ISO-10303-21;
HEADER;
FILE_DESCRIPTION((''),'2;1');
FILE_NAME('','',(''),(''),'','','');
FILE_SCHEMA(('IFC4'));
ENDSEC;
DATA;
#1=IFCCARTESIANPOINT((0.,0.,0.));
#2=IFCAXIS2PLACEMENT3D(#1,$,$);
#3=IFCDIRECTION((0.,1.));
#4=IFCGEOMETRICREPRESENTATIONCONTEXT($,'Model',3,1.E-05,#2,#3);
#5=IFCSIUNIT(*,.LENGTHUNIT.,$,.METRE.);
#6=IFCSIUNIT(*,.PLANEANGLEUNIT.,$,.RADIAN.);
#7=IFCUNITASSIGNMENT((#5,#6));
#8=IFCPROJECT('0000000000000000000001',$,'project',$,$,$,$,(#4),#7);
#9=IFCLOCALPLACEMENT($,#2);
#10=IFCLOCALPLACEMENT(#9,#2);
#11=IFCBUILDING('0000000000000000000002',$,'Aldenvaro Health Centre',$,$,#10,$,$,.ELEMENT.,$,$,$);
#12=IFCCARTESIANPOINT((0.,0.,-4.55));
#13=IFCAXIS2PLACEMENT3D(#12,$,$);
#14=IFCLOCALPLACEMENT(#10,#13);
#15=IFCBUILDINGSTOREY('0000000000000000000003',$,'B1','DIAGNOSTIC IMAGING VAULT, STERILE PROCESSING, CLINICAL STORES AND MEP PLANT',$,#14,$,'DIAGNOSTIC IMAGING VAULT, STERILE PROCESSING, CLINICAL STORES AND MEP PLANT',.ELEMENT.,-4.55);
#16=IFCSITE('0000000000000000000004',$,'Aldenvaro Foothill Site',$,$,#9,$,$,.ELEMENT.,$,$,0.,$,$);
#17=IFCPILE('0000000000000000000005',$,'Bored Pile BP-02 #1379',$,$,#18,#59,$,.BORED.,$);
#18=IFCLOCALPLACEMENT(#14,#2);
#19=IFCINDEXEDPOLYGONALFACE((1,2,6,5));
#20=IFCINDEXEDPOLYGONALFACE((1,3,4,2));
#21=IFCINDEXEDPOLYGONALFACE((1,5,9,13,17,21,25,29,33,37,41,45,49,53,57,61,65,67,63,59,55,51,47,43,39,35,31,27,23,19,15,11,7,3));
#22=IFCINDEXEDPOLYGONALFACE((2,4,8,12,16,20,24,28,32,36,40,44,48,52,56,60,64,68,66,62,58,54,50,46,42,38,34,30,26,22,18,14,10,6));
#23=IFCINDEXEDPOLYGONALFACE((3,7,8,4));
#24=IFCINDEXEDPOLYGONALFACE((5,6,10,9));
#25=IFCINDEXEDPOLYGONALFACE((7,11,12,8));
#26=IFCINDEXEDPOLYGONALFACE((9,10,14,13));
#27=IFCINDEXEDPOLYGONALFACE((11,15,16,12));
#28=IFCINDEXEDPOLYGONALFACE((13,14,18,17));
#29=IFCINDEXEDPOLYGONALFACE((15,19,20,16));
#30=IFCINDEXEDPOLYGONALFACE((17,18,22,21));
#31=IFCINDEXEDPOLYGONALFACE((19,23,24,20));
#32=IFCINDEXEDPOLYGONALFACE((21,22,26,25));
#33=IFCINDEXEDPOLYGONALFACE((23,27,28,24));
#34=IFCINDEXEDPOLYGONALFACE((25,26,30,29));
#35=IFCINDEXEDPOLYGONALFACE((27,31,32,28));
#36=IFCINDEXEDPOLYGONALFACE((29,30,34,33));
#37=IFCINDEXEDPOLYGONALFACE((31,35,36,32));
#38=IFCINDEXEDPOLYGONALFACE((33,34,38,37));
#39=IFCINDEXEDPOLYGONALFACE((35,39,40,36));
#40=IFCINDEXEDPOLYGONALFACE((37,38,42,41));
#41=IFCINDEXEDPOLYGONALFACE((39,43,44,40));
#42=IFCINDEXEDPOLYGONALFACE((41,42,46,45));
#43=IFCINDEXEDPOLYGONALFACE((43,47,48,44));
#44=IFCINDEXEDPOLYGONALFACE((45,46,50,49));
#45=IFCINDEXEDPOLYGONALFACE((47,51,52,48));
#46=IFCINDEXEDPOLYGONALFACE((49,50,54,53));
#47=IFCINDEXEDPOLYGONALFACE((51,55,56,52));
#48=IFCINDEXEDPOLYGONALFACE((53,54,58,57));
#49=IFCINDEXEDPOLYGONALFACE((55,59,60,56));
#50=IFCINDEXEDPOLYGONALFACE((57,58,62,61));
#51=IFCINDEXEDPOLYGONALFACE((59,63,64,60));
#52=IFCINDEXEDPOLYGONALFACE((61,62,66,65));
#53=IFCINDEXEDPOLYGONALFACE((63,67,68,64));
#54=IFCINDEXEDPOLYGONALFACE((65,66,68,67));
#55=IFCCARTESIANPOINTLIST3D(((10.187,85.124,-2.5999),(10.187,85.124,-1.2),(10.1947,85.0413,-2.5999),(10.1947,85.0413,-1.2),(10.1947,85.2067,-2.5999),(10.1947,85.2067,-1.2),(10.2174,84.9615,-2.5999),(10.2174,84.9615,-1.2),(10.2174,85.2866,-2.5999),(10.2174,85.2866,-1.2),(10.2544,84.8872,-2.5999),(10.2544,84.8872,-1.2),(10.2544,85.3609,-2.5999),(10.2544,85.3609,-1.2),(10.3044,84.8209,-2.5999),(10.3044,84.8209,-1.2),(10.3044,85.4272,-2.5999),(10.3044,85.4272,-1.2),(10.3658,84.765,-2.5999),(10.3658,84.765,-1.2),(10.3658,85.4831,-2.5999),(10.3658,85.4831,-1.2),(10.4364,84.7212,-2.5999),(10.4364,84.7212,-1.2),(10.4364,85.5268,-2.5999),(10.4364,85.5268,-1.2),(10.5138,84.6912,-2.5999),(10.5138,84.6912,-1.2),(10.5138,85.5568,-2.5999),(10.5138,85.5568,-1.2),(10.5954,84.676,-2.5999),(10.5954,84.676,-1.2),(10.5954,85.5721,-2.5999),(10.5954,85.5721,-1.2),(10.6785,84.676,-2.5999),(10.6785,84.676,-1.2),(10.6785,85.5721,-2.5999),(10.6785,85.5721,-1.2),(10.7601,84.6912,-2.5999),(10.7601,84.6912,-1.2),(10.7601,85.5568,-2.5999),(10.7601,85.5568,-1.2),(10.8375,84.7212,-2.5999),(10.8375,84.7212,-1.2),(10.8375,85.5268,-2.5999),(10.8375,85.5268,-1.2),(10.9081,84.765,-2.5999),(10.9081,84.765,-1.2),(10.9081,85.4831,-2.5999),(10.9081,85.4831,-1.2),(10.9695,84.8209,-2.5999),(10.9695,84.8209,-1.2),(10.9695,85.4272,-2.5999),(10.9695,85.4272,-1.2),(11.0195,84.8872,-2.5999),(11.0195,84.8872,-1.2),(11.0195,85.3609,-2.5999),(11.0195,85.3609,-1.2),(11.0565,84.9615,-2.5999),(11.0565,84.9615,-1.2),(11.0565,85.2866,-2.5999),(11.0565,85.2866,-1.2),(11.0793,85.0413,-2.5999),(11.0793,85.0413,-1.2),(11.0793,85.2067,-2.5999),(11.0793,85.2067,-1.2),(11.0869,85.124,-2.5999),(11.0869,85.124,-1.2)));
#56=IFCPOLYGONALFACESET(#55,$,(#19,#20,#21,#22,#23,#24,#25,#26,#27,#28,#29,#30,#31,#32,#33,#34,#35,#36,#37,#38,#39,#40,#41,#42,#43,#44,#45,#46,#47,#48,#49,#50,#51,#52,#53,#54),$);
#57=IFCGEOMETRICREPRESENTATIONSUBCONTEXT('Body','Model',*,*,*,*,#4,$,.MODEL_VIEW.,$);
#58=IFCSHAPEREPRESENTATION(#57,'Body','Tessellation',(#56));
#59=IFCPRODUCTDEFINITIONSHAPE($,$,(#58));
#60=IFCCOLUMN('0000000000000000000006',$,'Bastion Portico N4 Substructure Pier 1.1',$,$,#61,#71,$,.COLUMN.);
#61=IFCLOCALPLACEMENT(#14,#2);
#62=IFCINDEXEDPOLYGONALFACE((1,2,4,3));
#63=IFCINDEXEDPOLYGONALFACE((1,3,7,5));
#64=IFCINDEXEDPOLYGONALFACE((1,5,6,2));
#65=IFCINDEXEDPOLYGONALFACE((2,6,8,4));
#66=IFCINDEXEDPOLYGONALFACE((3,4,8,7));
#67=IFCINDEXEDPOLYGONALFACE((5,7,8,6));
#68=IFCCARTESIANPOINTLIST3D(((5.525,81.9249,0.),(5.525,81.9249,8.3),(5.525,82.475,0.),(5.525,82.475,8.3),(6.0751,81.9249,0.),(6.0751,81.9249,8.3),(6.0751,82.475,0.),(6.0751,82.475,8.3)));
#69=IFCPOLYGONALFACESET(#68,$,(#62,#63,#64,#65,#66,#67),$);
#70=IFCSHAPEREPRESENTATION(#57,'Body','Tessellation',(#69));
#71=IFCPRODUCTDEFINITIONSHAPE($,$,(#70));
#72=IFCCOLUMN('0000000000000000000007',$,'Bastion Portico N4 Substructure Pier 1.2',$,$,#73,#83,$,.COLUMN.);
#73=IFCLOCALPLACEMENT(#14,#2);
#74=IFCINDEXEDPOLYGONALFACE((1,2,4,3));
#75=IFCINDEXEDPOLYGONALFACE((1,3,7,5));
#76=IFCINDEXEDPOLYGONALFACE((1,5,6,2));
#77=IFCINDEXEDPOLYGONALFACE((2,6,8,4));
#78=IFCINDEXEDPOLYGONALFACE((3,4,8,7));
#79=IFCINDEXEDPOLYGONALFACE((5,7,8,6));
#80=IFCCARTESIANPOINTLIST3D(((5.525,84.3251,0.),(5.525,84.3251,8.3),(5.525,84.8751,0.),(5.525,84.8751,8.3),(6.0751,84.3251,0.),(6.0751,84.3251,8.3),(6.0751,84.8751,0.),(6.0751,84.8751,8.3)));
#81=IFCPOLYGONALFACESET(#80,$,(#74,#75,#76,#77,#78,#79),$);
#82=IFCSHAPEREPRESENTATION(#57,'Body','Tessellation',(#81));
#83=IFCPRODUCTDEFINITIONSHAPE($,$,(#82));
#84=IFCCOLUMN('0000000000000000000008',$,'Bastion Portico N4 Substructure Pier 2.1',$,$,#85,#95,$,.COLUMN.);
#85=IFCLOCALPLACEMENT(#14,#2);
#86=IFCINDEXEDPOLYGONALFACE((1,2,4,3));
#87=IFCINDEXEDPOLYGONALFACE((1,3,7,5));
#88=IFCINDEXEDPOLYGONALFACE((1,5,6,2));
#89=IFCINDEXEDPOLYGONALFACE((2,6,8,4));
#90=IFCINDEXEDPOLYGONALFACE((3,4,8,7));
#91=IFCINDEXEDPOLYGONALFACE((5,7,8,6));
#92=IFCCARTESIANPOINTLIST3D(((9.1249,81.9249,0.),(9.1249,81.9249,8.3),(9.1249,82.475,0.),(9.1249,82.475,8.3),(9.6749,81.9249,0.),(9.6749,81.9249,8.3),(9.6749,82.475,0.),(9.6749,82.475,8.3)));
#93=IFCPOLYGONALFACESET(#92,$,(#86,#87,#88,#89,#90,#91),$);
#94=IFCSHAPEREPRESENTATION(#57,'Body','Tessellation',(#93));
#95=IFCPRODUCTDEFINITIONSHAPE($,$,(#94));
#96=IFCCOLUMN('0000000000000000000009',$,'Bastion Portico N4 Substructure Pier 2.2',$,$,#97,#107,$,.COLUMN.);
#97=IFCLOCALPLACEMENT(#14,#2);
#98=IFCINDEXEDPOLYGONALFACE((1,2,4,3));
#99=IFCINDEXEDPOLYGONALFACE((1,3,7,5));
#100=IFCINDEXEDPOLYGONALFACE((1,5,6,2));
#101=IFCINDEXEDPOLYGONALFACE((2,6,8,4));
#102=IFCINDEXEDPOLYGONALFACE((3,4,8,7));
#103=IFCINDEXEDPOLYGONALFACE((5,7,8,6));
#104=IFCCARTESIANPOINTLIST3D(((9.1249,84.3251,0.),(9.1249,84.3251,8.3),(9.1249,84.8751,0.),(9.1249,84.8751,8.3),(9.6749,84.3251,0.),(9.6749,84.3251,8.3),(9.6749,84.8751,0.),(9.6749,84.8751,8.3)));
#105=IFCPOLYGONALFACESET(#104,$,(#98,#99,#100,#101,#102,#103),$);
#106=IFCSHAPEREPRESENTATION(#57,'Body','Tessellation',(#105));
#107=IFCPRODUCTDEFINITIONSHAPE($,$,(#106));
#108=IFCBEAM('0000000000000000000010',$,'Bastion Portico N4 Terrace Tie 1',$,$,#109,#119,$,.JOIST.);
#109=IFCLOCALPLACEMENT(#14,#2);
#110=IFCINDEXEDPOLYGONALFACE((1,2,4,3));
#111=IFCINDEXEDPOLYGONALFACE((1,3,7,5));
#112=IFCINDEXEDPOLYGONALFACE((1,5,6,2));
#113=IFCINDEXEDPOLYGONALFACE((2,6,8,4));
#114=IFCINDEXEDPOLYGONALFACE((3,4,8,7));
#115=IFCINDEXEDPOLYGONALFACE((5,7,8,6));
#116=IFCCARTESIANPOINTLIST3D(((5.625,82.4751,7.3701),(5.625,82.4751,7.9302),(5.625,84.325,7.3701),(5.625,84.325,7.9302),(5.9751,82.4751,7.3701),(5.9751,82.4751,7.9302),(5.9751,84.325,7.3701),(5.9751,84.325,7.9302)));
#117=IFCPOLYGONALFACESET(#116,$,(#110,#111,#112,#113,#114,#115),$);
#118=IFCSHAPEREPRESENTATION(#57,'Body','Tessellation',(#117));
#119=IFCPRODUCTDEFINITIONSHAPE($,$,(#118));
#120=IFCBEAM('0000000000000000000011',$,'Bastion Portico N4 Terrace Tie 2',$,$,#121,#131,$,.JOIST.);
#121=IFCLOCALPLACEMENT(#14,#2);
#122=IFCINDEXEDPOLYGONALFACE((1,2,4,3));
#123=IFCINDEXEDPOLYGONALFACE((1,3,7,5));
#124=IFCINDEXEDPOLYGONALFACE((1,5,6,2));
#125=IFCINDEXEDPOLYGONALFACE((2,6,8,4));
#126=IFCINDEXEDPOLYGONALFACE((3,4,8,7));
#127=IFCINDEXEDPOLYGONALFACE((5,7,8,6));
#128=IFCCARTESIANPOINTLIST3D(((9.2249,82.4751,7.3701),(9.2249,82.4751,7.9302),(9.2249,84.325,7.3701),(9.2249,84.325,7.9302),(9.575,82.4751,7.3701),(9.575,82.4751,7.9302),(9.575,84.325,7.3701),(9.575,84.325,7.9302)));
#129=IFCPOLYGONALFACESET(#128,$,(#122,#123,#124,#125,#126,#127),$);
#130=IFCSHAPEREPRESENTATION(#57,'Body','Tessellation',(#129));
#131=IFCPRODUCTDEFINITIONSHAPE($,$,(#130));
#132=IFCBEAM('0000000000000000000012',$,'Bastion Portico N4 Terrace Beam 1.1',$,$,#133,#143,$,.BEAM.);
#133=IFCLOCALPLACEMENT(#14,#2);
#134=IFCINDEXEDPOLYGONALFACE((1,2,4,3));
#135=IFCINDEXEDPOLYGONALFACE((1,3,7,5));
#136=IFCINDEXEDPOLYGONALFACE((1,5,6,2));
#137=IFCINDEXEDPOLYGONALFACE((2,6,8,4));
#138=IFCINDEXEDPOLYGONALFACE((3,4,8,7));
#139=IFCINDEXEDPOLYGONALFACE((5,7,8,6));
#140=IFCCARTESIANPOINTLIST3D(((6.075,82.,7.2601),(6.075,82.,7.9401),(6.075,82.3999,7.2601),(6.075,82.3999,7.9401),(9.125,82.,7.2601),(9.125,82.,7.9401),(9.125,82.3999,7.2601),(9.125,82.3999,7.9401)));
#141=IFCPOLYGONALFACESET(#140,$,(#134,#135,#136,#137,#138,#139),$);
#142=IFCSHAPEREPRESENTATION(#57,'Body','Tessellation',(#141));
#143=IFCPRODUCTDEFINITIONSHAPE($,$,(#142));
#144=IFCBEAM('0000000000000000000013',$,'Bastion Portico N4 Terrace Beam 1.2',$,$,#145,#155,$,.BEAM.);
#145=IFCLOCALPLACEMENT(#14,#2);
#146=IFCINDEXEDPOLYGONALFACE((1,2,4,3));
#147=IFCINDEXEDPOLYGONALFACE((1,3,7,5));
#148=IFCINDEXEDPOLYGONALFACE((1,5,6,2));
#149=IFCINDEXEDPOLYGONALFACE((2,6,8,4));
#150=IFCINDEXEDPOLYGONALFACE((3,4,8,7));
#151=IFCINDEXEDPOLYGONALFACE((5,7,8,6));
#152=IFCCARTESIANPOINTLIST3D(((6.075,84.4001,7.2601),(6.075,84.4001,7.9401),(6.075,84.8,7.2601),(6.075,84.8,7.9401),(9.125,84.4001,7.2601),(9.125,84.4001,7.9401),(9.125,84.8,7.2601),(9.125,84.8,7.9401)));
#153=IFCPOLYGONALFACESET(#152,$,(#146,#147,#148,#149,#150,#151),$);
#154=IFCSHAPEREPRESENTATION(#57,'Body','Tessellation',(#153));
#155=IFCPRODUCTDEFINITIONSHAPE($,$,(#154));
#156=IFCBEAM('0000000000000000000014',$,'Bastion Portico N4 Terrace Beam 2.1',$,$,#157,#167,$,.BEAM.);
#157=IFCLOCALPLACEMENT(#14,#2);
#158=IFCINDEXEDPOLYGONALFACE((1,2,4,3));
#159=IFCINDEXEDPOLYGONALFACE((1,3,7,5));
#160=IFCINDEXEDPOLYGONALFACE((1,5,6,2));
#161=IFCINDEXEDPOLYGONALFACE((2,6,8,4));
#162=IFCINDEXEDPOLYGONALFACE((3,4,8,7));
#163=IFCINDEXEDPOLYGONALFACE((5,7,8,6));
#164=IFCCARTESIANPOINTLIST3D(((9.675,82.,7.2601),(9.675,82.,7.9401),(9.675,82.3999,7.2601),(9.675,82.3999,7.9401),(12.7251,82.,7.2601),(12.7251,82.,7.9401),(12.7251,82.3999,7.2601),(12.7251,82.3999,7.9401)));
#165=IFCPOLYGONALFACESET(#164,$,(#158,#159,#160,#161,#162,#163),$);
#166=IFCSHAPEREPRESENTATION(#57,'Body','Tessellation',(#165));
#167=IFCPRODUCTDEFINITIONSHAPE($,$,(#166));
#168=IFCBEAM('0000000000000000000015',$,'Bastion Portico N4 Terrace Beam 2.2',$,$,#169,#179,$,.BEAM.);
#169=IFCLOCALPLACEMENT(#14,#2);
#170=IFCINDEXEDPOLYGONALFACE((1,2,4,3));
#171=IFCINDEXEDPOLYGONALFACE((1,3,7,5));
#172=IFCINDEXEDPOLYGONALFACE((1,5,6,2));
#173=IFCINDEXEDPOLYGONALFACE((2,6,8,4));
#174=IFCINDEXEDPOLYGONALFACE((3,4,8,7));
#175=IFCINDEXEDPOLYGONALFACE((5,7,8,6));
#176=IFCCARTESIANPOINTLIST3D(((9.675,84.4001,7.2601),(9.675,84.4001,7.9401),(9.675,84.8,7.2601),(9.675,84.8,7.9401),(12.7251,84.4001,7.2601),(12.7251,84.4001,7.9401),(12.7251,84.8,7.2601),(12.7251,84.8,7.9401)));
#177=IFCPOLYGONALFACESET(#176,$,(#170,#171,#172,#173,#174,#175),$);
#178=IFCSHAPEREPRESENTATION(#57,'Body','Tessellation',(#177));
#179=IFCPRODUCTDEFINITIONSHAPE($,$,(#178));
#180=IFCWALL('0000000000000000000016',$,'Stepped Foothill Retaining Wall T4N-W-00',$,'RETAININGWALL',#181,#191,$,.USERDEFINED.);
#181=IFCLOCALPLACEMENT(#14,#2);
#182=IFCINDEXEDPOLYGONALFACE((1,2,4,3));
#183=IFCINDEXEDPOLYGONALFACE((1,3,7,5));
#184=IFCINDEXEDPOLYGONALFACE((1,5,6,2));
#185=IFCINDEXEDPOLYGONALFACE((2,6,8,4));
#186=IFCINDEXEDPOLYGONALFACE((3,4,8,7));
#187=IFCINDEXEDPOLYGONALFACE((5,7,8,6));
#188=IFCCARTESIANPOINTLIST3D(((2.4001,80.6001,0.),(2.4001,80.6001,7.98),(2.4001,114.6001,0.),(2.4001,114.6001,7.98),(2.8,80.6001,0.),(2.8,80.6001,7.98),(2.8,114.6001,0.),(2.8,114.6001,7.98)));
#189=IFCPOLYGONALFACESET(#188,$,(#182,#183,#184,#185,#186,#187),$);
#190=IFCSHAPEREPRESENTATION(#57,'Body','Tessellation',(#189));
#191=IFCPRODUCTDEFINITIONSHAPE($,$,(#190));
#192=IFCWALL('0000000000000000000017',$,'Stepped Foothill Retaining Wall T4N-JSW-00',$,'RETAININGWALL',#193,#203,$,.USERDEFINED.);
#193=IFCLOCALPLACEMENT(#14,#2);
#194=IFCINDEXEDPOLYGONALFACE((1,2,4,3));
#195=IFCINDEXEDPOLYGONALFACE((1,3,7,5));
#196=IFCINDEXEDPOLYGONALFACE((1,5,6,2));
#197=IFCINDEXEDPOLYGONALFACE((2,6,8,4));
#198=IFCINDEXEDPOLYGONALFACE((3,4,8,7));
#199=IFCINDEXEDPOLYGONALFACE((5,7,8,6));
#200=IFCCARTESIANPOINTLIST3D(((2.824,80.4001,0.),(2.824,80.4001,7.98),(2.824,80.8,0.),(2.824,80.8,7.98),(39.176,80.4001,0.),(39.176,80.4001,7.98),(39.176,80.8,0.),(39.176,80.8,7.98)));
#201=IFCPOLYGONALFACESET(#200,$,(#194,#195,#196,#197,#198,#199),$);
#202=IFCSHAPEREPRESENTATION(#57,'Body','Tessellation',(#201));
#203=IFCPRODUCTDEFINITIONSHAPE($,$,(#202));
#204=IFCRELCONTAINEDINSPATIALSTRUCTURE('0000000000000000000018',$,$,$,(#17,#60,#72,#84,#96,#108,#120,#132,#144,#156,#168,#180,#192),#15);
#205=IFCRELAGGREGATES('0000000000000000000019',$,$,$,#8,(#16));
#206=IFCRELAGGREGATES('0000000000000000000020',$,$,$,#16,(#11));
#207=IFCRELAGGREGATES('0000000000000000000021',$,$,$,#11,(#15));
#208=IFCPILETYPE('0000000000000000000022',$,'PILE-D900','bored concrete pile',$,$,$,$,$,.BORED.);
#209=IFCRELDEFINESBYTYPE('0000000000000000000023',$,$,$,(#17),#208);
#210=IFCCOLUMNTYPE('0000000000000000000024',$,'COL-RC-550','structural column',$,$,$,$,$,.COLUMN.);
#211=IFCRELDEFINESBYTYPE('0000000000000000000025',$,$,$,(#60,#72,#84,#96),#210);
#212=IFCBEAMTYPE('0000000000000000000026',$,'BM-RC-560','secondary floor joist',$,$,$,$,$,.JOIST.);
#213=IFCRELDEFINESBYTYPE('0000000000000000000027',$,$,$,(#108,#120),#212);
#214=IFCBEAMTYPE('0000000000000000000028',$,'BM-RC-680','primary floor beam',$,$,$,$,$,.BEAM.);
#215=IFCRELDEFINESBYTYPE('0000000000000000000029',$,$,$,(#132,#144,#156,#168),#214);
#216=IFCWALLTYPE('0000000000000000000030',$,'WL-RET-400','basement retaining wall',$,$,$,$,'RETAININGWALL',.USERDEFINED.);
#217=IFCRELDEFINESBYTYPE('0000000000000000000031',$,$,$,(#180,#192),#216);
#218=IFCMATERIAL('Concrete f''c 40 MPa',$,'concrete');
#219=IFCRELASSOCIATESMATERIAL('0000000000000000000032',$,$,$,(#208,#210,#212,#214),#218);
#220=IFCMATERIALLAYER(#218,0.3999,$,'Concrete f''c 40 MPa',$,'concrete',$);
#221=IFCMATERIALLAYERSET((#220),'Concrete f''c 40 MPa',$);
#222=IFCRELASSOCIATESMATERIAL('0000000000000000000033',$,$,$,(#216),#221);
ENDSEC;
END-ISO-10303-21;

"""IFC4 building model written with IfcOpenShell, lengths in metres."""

from ifc_helpers import new_model, si_unit, direction, frame, frame_2d, origin, origin_2d, place, context, subcontext, project, spatial, rectangle, circle, extrude, material, layer, layer_set, material_profile, profile_set, type_object, element, save


model = new_model("IFC4")

# Units and contexts
model_context = context("Model", 3, precision=1e-05, world=origin(), true_north=direction((0.0, 1.0)))
body_context = subcontext(model_context, "Body", "Model", "MODEL_VIEW")
ifc_project = project(units=[si_unit("LENGTHUNIT", "METRE"), si_unit("PLANEANGLEUNIT", "RADIAN")], contexts=[model_context])

# Site, building, storey
site_placement = place(None, origin())
site = spatial("IfcSite", under=ifc_project, at=site_placement, Name="Aldenvaro Foothill Site", CompositionType="ELEMENT", RefElevation=0.0)
building_placement = place(site_placement, origin())
building = spatial("IfcBuilding", under=site, at=building_placement, Name="Aldenvaro Health Centre", CompositionType="ELEMENT")
storey_placement = place(building_placement, frame((0.0, 0.0, -4.55)))
storey = spatial("IfcBuildingStorey", under=building, at=storey_placement, Name="B1", Description="DIAGNOSTIC IMAGING VAULT, STERILE PROCESSING, CLINICAL STORES AND MEP PLANT", LongName="DIAGNOSTIC IMAGING VAULT, STERILE PROCESSING, CLINICAL STORES AND MEP PLANT", CompositionType="ELEMENT", Elevation=-4.55)

# Shared definitions
ifc_material = material(Name="Concrete f'c 40 MPa", Category="concrete")

# Pile
ifc_material_profile_1 = material_profile(ifc_material, circle(Radius=0.45, at=origin_2d()), Name="PILE D900", Category="concrete")
ifc_profile_set_1 = profile_set([ifc_material_profile_1], Name="Concrete f'c 40 MPa")
pile_type = type_object("IfcPileType", Name="PILE-D900", Description="bored concrete pile", PredefinedType="BORED", material=ifc_profile_set_1)
for number, where, z_axis, x_axis, name in (
    (1, (10.637, 85.124, -1.2), (0.0, 0.0, -1.0), (1.0, 0.0, 0.0), "Bored Pile BP-02 #1379"),
):
    element("IfcPile", number, at=place(storey_placement, frame(where, z_axis=z_axis, x_axis=x_axis)), inside=storey, type_object=pile_type, Name=name, PredefinedType="BORED", context=body_context, shape_type="SweptSolid", body=[
        extrude(circle(Radius=0.45, at=origin_2d()), origin(), (0.0, 0.0, 1.0), 1.3999),
    ])

# Columns
ifc_material_profile_2 = material_profile(ifc_material, rectangle(XDim=0.55, YDim=0.55, at=origin_2d()), Name="RC 550x550", Category="concrete")
ifc_profile_set_2 = profile_set([ifc_material_profile_2], Name="Concrete f'c 40 MPa")
column_type = type_object("IfcColumnType", Name="COL-RC-550", Description="structural column", PredefinedType="COLUMN", material=ifc_profile_set_2)
for number, where, z_axis, x_axis, name in (
    (2, (5.8, 82.2, 0.0), (0.0, 0.0, 1.0), (1.0, 0.0, 0.0), "Bastion Portico N4 Substructure Pier 1.1"),
    (3, (5.8, 84.6001, 0.0), (0.0, 0.0, 1.0), (1.0, 0.0, 0.0), "Bastion Portico N4 Substructure Pier 1.2"),
    (4, (9.3999, 82.2, 0.0), (0.0, 0.0, 1.0), (1.0, 0.0, 0.0), "Bastion Portico N4 Substructure Pier 2.1"),
    (5, (9.3999, 84.6001, 0.0), (0.0, 0.0, 1.0), (1.0, 0.0, 0.0), "Bastion Portico N4 Substructure Pier 2.2"),
):
    element("IfcColumn", number, at=place(storey_placement, frame(where, z_axis=z_axis, x_axis=x_axis)), inside=storey, type_object=column_type, Name=name, PredefinedType="COLUMN", context=body_context, shape_type="SweptSolid", body=[
        extrude(rectangle(XDim=0.55, YDim=0.55, at=origin_2d()), origin(), (0.0, 0.0, 1.0), 8.3),
    ])

# Beams
ifc_material_profile_3 = material_profile(ifc_material, rectangle(XDim=0.3501, YDim=0.5601, at=origin_2d()), Name="RC 350x560", Category="concrete")
ifc_profile_set_3 = profile_set([ifc_material_profile_3], Name="Concrete f'c 40 MPa")
beam_type_1 = type_object("IfcBeamType", Name="BM-RC-560", Description="secondary floor joist", PredefinedType="JOIST", material=ifc_profile_set_3)
for number, where, z_axis, x_axis, name in (
    (6, (5.8, 82.4751, 7.6501), (0.0, 1.0, 0.0), (-1.0, 0.0, 0.0), "Bastion Portico N4 Terrace Tie 1"),
    (7, (9.3999, 82.4751, 7.6501), (0.0, 1.0, 0.0), (-1.0, 0.0, 0.0), "Bastion Portico N4 Terrace Tie 2"),
):
    element("IfcBeam", number, at=place(storey_placement, frame(where, z_axis=z_axis, x_axis=x_axis)), inside=storey, type_object=beam_type_1, Name=name, PredefinedType="JOIST", context=body_context, shape_type="SweptSolid", body=[
        extrude(rectangle(XDim=0.3501, YDim=0.5601, at=origin_2d()), origin(), (0.0, 0.0, 1.0), 1.8499),
    ])
ifc_material_profile_4 = material_profile(ifc_material, rectangle(XDim=0.3999, YDim=0.6799, at=origin_2d()), Name="RC 400x680", Category="concrete")
ifc_profile_set_4 = profile_set([ifc_material_profile_4], Name="Concrete f'c 40 MPa")
beam_type_2 = type_object("IfcBeamType", Name="BM-RC-680", Description="primary floor beam", PredefinedType="BEAM", material=ifc_profile_set_4)
for number, where, z_axis, x_axis, name in (
    (8, (6.075, 82.2, 7.6001), (1.0, 0.0, 0.0), (0.0, 1.0, 0.0), "Bastion Portico N4 Terrace Beam 1.1"),
    (9, (6.075, 84.6001, 7.6001), (1.0, 0.0, 0.0), (0.0, 1.0, 0.0), "Bastion Portico N4 Terrace Beam 1.2"),
    (10, (9.675, 82.2, 7.6001), (1.0, 0.0, 0.0), (0.0, 1.0, 0.0), "Bastion Portico N4 Terrace Beam 2.1"),
    (11, (9.675, 84.6001, 7.6001), (1.0, 0.0, 0.0), (0.0, 1.0, 0.0), "Bastion Portico N4 Terrace Beam 2.2"),
):
    element("IfcBeam", number, at=place(storey_placement, frame(where, z_axis=z_axis, x_axis=x_axis)), inside=storey, type_object=beam_type_2, Name=name, PredefinedType="BEAM", context=body_context, shape_type="SweptSolid", body=[
        extrude(rectangle(XDim=0.3999, YDim=0.6799, at=origin_2d()), origin(), (0.0, 0.0, 1.0), 3.05),
    ])

# Walls
ifc_layer = layer(ifc_material, 0.3999, Name="Concrete f'c 40 MPa", Category="concrete")
ifc_layer_set = layer_set([ifc_layer], Name="Concrete f'c 40 MPa")
wall_type = type_object("IfcWallType", Name="WL-RET-400", Description="basement retaining wall", ElementType="RETAININGWALL", PredefinedType="USERDEFINED", material=ifc_layer_set)
wall_1_placement = place(storey_placement, frame((2.6001, 80.6001, 0.0), z_axis=(0.0, 0.0, 1.0), x_axis=(0.0, 1.0, 0.0)))
element("IfcWall", 12, at=wall_1_placement, inside=storey, type_object=wall_type, Name="Stepped Foothill Retaining Wall T4N-W-00", ObjectType="RETAININGWALL", PredefinedType="USERDEFINED", context=body_context, shape_type="SweptSolid", body=[
    extrude(rectangle(XDim=34.0, YDim=0.3999, at=frame_2d((17.0, 0.0))), origin(), (0.0, 0.0, 1.0), 7.98),
])
wall_2_placement = place(storey_placement, frame((2.824, 80.6001, 0.0), z_axis=(0.0, 0.0, 1.0), x_axis=(1.0, 0.0, 0.0)))
element("IfcWall", 13, at=wall_2_placement, inside=storey, type_object=wall_type, Name="Stepped Foothill Retaining Wall T4N-JSW-00", ObjectType="RETAININGWALL", PredefinedType="USERDEFINED", context=body_context, shape_type="SweptSolid", body=[
    extrude(rectangle(XDim=36.3521, YDim=0.3999, at=frame_2d((18.176, 0.0))), origin(), (0.0, 0.0, 1.0), 7.98),
])

save(model, "model.ifc")
